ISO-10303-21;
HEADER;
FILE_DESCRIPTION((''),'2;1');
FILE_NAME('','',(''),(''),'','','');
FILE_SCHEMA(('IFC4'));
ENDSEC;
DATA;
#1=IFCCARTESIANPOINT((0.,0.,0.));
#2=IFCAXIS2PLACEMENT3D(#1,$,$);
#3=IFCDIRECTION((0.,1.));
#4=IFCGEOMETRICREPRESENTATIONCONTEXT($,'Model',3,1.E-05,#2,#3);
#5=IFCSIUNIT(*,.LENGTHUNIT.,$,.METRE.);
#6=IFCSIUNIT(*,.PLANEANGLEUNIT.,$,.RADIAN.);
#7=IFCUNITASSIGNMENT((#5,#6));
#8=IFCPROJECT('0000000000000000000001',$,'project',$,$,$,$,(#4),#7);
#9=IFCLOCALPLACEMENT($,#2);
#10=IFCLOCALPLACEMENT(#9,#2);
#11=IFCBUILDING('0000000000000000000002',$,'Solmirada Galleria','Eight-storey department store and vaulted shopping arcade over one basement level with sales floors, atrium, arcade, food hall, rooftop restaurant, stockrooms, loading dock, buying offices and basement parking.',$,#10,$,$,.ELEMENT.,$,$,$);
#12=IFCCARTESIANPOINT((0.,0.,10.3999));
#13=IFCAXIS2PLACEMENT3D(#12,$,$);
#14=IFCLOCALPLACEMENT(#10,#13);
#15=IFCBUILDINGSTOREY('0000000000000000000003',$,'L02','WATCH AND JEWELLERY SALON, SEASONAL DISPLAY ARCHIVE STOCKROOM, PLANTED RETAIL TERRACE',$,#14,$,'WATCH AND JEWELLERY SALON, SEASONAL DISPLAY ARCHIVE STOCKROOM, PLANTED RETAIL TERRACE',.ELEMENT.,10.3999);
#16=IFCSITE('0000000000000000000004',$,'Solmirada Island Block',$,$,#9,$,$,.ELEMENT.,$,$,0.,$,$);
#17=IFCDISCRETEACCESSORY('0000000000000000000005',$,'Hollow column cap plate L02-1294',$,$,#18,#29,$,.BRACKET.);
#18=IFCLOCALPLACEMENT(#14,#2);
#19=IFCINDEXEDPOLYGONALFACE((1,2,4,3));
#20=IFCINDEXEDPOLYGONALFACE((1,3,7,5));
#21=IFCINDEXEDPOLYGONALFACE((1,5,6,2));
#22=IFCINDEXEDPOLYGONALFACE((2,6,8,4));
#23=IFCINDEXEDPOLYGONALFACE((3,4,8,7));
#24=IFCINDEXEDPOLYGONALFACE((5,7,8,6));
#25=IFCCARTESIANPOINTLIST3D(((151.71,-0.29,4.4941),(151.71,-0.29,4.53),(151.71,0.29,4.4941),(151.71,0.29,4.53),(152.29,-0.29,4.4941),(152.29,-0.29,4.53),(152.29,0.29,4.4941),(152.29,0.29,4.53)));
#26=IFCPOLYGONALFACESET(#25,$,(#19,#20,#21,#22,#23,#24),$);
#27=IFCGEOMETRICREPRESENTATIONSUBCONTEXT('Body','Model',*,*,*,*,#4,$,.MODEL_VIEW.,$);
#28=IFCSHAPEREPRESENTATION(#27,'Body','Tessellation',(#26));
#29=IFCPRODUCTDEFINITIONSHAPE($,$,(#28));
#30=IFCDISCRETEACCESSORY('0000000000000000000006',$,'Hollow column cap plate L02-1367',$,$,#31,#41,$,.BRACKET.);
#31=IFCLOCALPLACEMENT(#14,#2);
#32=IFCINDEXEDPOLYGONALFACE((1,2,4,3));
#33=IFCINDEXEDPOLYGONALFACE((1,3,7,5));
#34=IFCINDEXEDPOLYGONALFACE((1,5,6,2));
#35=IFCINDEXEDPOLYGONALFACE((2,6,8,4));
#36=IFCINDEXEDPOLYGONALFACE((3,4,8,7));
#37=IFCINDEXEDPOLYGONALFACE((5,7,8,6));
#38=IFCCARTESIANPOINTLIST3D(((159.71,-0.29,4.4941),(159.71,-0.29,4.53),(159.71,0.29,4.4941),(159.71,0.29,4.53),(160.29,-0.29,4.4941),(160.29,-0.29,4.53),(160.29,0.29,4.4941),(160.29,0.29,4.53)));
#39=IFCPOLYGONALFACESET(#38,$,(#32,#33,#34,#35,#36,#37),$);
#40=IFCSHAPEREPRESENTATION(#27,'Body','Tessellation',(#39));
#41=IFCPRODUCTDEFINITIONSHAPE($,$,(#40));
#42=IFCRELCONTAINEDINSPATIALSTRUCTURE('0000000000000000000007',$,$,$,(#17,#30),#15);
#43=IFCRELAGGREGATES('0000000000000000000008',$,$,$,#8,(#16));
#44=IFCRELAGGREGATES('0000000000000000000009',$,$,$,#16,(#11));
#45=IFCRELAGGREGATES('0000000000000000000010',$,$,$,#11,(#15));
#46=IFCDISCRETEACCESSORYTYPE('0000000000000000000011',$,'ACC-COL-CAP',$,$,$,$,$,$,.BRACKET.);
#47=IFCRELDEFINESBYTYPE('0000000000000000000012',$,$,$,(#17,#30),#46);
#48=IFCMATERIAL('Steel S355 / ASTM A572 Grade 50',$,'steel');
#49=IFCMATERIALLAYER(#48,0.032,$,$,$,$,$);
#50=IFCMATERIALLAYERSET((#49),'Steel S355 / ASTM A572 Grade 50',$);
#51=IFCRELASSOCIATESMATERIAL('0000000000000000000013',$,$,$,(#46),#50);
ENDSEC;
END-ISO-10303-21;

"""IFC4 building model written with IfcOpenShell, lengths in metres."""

from ifc_helpers import new_model, si_unit, direction, frame, origin, origin_2d, place, context, subcontext, project, spatial, rectangle, extrude, material, layer, layer_set, type_object, element, save


model = new_model("IFC4")

# Units and contexts
model_context = context("Model", 3, precision=1e-05, world=origin(), true_north=direction((0.0, 1.0)))
body_context = subcontext(model_context, "Body", "Model", "MODEL_VIEW")
ifc_project = project(units=[si_unit("LENGTHUNIT", "METRE"), si_unit("PLANEANGLEUNIT", "RADIAN")], contexts=[model_context])

# Site, building, storey
site_placement = place(None, origin())
site = spatial("IfcSite", under=ifc_project, at=site_placement, Name="Solmirada Island Block", CompositionType="ELEMENT", RefElevation=0.0)
building_placement = place(site_placement, origin())
building = spatial("IfcBuilding", under=site, at=building_placement, Name="Solmirada Galleria", Description="Eight-storey department store and vaulted shopping arcade over one basement level with sales floors, atrium, arcade, food hall, rooftop restaurant, stockrooms, loading dock, buying offices and basement parking.", CompositionType="ELEMENT")
storey_placement = place(building_placement, frame((0.0, 0.0, 10.3999)))
storey = spatial("IfcBuildingStorey", under=building, at=storey_placement, Name="L02", Description="WATCH AND JEWELLERY SALON, SEASONAL DISPLAY ARCHIVE STOCKROOM, PLANTED RETAIL TERRACE", LongName="WATCH AND JEWELLERY SALON, SEASONAL DISPLAY ARCHIVE STOCKROOM, PLANTED RETAIL TERRACE", CompositionType="ELEMENT", Elevation=10.3999)

# Discrete accessories
ifc_material_1 = material(Name="Steel S355 / ASTM A572 Grade 50", Category="steel")
ifc_layer_1 = layer(ifc_material_1, 0.032)
ifc_layer_set_1 = layer_set([ifc_layer_1], Name="Steel S355 / ASTM A572 Grade 50")
discrete_accessory_type = type_object("IfcDiscreteAccessoryType", Name="ACC-COL-CAP", PredefinedType="BRACKET", material=ifc_layer_set_1)
for number, where, z_axis, x_axis, name in (
    (1, (152.0, 0.0, 4.4941), (0.0, 0.0, 1.0), (1.0, 0.0, 0.0), "Hollow column cap plate L02-1294"),
    (2, (160.0, 0.0, 4.4941), (0.0, 0.0, 1.0), (1.0, 0.0, 0.0), "Hollow column cap plate L02-1367"),
):
    element("IfcDiscreteAccessory", number, at=place(storey_placement, frame(where, z_axis=z_axis, x_axis=x_axis)), inside=storey, type_object=discrete_accessory_type, Name=name, PredefinedType="BRACKET", context=body_context, shape_type="SweptSolid", body=[
        extrude(rectangle(XDim=0.5801, YDim=0.5801, at=origin_2d()), origin(), (0.0, 0.0, 1.0), 0.0359),
    ])

save(model, "model.ifc")
